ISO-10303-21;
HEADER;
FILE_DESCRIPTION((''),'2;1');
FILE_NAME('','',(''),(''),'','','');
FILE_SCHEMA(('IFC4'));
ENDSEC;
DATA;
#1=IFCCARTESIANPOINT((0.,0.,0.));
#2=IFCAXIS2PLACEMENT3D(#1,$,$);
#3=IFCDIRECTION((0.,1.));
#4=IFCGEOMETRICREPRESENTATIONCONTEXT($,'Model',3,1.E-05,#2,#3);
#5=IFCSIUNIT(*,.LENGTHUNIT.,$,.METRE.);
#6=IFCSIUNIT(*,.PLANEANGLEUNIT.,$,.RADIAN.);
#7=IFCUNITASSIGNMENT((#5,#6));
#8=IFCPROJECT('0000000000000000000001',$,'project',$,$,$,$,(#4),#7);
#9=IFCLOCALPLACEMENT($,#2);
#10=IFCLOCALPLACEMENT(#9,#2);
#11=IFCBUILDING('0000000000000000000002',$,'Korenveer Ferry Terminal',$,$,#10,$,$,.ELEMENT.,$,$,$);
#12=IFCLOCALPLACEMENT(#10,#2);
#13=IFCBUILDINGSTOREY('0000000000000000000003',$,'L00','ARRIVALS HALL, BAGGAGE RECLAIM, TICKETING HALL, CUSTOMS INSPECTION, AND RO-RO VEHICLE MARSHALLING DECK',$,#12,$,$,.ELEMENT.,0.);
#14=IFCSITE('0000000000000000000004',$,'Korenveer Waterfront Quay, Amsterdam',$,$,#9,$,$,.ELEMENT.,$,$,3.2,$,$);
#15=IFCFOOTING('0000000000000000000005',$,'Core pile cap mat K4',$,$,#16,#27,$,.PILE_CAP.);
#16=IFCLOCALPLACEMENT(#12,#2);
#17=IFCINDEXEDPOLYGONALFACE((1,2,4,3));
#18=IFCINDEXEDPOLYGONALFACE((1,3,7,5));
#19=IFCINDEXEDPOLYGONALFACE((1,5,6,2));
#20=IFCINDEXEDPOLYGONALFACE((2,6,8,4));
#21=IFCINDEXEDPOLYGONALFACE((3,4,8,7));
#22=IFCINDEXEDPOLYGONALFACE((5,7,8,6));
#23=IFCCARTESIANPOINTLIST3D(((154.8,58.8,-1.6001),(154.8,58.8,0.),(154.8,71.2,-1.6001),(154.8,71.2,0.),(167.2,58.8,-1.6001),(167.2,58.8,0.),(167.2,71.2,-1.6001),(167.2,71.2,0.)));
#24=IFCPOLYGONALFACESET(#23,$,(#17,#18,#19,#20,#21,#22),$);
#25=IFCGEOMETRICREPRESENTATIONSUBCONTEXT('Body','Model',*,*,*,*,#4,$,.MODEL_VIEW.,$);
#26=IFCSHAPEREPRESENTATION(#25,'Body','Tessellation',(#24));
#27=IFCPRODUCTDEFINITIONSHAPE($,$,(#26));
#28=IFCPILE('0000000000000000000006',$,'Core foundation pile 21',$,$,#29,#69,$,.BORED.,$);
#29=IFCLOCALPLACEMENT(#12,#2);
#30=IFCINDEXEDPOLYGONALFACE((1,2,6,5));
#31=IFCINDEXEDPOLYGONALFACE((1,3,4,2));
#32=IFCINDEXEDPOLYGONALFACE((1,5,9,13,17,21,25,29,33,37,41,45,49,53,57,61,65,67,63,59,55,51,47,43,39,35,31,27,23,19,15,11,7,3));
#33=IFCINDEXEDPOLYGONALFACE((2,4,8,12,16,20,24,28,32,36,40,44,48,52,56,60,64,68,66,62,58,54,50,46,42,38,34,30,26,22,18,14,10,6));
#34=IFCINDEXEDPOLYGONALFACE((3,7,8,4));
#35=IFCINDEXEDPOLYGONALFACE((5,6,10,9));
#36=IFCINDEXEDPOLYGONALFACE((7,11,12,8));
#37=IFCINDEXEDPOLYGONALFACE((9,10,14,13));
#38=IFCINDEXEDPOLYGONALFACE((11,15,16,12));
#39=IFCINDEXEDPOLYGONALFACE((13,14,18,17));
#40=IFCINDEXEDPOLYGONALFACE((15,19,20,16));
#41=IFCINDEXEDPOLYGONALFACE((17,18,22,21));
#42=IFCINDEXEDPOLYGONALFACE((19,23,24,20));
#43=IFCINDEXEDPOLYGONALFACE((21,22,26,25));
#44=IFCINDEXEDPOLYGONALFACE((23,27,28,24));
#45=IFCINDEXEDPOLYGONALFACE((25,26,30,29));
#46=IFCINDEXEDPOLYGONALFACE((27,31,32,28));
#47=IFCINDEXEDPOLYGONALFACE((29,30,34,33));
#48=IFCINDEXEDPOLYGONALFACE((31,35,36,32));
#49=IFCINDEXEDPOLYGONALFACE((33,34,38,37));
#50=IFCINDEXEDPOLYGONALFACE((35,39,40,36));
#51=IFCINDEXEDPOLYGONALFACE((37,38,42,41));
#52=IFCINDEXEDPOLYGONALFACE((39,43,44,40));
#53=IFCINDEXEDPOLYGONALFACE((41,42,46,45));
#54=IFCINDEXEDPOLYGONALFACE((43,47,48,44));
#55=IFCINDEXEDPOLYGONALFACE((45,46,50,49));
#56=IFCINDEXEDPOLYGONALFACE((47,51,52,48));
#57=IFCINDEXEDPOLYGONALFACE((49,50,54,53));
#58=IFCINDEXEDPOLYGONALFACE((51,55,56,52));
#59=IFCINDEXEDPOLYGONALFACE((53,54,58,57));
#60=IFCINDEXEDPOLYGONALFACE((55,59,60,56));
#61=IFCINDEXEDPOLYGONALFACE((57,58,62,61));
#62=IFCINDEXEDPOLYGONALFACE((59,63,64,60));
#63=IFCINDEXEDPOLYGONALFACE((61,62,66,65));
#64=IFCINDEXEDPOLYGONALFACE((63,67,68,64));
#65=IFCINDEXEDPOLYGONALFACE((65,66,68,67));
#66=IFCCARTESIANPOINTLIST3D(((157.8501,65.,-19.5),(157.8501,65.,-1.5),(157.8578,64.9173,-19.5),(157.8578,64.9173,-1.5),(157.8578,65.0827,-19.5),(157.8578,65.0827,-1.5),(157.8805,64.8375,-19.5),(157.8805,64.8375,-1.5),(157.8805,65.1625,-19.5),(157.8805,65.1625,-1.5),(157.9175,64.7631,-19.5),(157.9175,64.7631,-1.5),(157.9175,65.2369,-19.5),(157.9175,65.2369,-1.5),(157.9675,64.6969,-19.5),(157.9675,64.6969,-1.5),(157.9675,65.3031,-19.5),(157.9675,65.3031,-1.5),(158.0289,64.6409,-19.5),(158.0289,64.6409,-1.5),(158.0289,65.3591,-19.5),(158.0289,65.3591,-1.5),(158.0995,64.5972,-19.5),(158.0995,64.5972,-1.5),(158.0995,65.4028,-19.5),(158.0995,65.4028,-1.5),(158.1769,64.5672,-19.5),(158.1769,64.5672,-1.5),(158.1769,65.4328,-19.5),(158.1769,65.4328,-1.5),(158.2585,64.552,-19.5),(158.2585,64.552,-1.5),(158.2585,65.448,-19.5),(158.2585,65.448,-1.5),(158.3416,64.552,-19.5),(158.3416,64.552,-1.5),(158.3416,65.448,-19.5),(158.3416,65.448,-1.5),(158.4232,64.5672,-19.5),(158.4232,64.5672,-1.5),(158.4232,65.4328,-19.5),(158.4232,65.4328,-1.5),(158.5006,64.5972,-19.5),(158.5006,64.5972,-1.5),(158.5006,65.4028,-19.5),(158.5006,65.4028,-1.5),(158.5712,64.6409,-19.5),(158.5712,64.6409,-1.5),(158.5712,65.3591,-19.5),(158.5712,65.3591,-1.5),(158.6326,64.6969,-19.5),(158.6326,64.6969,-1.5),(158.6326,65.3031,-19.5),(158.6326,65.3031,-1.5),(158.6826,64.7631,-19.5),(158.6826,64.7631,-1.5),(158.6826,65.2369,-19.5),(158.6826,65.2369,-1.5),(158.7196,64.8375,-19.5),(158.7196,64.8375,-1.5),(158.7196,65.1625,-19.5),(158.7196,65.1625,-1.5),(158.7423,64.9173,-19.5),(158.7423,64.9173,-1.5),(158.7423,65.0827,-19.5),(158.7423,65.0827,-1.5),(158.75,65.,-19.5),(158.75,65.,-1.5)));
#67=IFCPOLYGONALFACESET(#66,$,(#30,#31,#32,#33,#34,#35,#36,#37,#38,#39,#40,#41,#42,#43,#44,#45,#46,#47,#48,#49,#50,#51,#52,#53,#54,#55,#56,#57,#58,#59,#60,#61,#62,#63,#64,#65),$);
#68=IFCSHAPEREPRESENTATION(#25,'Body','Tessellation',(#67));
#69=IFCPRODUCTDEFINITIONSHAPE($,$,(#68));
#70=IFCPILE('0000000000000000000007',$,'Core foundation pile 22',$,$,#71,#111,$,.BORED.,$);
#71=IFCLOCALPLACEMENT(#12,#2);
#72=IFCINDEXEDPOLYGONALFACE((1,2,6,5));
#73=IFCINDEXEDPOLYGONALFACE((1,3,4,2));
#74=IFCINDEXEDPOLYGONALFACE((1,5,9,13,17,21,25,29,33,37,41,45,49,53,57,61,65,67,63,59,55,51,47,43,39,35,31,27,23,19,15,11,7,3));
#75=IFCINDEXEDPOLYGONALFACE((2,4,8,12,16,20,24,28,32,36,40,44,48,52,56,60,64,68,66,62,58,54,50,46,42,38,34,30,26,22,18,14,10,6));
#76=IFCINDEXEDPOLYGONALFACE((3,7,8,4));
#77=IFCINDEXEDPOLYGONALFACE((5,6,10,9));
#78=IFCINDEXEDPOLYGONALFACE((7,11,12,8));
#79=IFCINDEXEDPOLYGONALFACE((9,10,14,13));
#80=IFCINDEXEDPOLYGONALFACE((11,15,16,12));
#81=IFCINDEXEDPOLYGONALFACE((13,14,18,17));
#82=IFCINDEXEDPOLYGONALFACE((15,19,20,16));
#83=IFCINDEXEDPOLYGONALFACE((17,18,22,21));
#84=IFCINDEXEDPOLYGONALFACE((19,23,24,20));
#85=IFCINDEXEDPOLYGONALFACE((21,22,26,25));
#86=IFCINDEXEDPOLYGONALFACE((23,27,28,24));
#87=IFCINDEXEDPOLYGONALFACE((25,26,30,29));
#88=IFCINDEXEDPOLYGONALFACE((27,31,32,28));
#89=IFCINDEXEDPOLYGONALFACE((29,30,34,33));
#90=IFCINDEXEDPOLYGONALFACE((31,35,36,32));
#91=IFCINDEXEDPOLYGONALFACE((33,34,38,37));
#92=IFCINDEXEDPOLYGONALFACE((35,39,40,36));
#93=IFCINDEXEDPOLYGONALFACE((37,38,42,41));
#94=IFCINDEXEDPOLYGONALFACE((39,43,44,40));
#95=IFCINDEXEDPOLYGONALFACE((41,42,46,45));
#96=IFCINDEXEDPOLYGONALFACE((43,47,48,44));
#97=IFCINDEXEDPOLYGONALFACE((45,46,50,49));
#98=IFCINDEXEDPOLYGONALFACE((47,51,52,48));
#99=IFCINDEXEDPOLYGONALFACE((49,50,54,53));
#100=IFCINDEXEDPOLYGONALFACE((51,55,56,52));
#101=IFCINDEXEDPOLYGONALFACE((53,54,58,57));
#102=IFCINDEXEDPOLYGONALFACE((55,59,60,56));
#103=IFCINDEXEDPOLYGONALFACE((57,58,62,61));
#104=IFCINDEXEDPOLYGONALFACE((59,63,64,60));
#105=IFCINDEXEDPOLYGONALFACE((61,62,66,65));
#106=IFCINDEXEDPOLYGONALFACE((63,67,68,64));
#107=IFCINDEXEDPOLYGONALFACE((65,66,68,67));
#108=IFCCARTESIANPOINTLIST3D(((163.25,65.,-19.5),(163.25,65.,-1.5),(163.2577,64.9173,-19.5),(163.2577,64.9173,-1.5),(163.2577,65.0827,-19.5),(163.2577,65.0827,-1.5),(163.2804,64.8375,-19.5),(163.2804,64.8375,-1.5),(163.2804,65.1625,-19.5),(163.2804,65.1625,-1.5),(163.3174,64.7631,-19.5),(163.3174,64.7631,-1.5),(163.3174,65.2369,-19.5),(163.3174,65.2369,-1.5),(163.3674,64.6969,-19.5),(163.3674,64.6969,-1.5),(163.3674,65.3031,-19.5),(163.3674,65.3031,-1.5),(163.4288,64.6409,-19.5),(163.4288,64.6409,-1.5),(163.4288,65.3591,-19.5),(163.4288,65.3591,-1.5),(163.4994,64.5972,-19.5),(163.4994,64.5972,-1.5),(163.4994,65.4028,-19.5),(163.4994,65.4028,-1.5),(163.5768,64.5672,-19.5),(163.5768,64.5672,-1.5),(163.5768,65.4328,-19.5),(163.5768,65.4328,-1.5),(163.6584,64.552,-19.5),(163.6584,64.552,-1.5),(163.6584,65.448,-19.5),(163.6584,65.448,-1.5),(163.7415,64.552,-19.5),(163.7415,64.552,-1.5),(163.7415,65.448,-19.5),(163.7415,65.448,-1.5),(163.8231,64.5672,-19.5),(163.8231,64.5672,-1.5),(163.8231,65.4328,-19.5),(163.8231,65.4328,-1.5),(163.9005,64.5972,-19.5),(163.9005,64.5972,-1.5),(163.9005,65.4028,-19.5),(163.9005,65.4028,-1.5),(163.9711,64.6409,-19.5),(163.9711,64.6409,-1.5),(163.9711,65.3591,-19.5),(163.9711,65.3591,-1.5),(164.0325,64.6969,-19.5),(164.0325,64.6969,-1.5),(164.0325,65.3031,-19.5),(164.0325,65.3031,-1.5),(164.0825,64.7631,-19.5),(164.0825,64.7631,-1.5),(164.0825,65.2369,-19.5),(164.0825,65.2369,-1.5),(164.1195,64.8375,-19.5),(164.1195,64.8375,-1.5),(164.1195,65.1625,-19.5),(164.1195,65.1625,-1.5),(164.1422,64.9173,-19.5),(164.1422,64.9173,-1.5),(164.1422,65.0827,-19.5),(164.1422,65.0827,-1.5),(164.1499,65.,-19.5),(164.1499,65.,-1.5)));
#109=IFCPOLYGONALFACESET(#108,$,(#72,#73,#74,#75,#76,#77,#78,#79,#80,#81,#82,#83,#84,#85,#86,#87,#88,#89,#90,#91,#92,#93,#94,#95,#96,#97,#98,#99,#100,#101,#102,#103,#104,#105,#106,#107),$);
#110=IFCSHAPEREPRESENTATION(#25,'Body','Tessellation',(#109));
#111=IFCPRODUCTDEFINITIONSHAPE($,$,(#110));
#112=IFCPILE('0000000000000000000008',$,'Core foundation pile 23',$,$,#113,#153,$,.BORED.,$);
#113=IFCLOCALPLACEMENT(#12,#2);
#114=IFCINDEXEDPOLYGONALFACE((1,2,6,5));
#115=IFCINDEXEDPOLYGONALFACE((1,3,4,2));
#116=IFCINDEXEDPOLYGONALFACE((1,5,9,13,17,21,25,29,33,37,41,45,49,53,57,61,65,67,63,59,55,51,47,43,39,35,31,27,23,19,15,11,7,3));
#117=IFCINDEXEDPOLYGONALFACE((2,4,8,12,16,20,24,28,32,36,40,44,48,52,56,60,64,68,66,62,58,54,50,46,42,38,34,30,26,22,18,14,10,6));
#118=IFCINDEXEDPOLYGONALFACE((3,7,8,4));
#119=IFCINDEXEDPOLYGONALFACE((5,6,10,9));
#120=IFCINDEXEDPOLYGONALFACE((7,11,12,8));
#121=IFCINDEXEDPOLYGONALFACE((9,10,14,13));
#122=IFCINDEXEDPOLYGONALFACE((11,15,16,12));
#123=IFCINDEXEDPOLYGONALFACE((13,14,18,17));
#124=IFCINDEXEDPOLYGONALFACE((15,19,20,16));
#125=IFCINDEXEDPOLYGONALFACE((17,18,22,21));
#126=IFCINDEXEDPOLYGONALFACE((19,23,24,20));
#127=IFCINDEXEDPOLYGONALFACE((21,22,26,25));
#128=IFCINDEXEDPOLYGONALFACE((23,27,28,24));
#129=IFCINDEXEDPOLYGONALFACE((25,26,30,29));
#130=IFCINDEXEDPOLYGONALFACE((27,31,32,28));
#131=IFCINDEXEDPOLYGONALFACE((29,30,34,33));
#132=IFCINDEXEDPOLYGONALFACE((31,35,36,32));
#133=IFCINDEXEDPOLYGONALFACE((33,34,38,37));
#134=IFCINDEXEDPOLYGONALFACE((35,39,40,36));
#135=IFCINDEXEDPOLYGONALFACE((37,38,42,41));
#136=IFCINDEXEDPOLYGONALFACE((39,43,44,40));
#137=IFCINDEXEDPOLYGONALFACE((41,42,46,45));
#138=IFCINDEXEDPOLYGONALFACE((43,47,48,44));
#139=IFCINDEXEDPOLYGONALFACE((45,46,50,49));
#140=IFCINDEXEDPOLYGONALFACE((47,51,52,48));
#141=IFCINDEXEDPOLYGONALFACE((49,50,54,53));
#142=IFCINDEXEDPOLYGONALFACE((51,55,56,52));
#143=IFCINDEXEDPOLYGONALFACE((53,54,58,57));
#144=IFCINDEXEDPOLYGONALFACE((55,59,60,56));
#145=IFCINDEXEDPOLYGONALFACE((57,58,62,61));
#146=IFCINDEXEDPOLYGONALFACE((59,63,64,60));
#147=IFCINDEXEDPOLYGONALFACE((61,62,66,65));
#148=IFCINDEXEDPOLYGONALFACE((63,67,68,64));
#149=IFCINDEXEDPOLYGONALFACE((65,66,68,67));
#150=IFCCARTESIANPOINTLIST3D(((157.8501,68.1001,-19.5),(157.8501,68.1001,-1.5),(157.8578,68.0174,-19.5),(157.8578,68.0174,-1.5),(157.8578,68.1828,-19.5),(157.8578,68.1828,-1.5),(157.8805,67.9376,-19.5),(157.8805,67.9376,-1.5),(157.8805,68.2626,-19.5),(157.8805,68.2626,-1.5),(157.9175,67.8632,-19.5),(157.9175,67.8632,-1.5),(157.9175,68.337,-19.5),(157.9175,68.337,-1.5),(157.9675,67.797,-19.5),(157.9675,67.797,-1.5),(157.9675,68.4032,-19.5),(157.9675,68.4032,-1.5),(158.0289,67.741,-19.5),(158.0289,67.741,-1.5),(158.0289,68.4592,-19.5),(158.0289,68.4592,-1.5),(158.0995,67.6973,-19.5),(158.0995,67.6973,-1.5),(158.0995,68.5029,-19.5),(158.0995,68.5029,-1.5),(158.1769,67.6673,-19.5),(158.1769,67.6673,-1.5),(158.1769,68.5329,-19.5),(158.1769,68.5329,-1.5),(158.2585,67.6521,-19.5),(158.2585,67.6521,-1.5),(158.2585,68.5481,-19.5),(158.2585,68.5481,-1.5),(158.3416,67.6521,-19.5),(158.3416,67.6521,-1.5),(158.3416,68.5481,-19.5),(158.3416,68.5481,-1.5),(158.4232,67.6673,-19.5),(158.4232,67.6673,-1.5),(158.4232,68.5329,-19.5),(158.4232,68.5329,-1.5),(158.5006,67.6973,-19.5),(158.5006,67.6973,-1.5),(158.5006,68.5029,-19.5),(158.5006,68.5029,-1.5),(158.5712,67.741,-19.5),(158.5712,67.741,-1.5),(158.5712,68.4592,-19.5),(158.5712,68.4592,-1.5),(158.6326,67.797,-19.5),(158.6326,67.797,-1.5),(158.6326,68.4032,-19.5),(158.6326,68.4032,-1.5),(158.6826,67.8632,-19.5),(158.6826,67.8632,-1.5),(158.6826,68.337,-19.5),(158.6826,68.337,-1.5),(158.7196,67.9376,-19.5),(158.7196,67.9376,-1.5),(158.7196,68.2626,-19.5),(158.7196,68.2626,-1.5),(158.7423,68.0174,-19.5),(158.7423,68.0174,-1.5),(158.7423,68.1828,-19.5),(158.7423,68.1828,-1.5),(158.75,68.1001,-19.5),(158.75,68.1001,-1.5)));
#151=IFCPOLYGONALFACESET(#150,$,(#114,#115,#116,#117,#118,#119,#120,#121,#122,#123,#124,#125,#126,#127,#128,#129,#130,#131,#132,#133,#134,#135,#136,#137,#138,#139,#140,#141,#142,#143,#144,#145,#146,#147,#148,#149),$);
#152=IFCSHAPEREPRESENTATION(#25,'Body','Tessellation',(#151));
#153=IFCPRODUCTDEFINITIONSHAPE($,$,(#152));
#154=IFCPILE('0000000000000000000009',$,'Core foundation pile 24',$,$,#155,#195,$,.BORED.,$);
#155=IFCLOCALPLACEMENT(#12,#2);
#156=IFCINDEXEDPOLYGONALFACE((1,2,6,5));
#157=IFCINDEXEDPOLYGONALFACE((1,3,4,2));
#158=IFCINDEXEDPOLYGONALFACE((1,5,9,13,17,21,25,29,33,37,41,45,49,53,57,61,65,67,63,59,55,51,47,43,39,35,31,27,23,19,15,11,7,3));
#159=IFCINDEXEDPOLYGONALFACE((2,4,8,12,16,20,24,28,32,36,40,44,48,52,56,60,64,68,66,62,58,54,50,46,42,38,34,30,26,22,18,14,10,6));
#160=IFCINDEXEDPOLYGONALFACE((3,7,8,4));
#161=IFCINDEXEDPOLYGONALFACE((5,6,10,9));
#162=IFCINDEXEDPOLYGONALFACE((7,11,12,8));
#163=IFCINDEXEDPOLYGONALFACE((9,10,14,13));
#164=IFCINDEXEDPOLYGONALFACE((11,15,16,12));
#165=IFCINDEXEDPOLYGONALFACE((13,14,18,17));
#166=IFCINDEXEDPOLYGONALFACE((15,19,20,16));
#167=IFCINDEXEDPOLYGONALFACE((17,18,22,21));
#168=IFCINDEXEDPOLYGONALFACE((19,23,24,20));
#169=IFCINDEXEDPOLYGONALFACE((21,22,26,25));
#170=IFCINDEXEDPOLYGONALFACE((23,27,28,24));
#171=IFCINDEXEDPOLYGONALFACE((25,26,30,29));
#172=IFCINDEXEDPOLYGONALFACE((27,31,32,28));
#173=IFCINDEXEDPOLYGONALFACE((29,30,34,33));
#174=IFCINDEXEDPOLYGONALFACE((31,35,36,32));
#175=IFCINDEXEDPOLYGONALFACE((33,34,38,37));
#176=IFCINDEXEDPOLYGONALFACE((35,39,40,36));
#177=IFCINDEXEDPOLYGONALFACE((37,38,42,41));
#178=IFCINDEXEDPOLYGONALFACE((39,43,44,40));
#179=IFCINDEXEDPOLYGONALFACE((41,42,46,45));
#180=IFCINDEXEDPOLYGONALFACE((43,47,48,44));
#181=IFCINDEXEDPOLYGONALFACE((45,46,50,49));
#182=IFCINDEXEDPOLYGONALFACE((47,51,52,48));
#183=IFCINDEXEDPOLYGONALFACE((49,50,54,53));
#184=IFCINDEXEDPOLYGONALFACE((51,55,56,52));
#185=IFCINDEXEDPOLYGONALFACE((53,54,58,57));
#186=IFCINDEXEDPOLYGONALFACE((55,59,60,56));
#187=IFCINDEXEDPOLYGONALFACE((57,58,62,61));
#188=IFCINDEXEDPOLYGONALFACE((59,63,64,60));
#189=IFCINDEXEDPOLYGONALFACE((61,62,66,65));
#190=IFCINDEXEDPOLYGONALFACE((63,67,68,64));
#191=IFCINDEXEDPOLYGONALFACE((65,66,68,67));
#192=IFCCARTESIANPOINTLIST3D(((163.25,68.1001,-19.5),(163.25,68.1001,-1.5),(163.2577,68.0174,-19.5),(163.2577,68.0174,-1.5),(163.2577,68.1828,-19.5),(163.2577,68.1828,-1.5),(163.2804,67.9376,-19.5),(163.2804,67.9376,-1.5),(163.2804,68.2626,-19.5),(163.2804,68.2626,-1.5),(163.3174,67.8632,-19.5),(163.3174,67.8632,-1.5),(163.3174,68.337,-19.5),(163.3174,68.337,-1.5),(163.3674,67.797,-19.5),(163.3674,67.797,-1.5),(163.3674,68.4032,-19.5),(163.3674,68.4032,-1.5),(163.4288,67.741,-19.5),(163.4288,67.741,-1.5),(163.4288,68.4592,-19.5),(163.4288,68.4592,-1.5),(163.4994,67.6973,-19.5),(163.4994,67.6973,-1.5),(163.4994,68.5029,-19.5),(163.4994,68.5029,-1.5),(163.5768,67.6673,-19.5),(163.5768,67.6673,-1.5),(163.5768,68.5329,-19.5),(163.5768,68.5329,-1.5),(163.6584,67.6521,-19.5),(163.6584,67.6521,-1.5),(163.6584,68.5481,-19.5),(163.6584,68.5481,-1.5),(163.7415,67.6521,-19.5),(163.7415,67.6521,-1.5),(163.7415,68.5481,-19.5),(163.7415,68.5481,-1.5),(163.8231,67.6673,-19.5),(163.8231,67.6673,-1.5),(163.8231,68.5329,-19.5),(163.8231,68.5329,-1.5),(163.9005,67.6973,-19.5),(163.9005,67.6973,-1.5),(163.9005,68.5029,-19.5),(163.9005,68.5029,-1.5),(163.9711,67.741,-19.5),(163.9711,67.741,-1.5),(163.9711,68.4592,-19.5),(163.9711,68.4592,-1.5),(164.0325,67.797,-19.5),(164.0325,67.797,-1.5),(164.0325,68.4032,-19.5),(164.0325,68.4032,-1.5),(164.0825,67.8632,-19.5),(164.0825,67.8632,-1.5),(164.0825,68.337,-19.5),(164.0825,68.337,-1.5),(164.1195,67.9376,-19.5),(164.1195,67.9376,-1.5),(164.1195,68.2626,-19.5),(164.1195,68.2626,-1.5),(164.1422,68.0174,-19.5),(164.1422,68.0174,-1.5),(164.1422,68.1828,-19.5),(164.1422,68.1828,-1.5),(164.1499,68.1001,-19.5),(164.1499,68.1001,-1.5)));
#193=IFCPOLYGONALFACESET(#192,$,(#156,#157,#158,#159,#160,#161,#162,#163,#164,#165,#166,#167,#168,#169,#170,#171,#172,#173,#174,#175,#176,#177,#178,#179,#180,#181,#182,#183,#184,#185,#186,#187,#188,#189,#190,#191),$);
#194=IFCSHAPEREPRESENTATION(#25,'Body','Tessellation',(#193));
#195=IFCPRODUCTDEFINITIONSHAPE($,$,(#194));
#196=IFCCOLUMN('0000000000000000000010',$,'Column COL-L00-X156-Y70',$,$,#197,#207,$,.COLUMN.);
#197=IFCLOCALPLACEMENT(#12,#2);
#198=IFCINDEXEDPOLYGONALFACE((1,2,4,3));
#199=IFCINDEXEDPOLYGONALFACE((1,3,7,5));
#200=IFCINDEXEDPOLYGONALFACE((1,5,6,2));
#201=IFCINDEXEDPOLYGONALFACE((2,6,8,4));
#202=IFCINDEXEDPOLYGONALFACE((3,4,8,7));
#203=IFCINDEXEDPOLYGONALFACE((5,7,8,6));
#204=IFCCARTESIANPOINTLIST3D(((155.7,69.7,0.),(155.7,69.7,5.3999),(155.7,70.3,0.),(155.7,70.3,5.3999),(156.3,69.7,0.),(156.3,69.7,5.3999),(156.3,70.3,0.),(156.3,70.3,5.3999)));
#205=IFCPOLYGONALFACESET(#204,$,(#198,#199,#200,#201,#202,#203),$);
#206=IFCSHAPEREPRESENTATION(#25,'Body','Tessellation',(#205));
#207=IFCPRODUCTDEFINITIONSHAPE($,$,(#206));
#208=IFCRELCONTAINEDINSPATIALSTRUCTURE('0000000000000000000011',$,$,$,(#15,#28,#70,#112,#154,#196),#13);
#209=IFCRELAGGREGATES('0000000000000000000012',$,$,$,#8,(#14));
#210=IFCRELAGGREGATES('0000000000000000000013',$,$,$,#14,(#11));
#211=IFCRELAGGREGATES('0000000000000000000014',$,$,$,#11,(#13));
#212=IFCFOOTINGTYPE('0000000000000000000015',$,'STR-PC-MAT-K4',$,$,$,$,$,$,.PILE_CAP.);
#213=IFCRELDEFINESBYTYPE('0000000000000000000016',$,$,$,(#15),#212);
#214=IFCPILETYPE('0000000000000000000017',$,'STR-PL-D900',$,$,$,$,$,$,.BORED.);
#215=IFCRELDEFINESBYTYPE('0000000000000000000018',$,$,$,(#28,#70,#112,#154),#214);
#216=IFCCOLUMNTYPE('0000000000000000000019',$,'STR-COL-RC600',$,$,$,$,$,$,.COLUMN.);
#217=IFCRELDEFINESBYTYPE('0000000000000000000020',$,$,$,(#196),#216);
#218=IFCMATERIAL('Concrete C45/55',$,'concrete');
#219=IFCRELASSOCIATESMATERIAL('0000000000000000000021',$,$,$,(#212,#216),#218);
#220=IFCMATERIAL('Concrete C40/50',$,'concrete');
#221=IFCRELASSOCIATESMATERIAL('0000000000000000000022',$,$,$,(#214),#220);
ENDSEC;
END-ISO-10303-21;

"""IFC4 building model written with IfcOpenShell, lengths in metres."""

from ifc_helpers import new_model, si_unit, direction, frame, origin, origin_2d, place, context, subcontext, project, spatial, rectangle, circle, extrude, material, material_profile, profile_set, type_object, element, save


model = new_model("IFC4")

# Units and contexts
model_context = context("Model", 3, precision=1e-05, world=origin(), true_north=direction((0.0, 1.0)))
body_context = subcontext(model_context, "Body", "Model", "MODEL_VIEW")
ifc_project = project(units=[si_unit("LENGTHUNIT", "METRE"), si_unit("PLANEANGLEUNIT", "RADIAN")], contexts=[model_context])

# Site, building, storey
site_placement = place(None, origin())
site = spatial("IfcSite", under=ifc_project, at=site_placement, Name="Korenveer Waterfront Quay, Amsterdam", CompositionType="ELEMENT", RefElevation=3.2)
building_placement = place(site_placement, origin())
building = spatial("IfcBuilding", under=site, at=building_placement, Name="Korenveer Ferry Terminal", CompositionType="ELEMENT")
storey_placement = place(building_placement, origin())
storey = spatial("IfcBuildingStorey", under=building, at=storey_placement, Name="L00", Description="ARRIVALS HALL, BAGGAGE RECLAIM, TICKETING HALL, CUSTOMS INSPECTION, AND RO-RO VEHICLE MARSHALLING DECK", CompositionType="ELEMENT", Elevation=0.0)

# Footing
ifc_material_1 = material(Name="Concrete C45/55", Category="concrete")
footing_type = type_object("IfcFootingType", Name="STR-PC-MAT-K4", PredefinedType="PILE_CAP", material=ifc_material_1)
footing_placement = place(storey_placement, frame((161.0, 65.0, -1.6001), z_axis=(0.0, 0.0, 1.0), x_axis=(1.0, 0.0, 0.0)))
element("IfcFooting", 1, at=footing_placement, inside=storey, type_object=footing_type, Name="Core pile cap mat K4", PredefinedType="PILE_CAP", context=body_context, shape_type="SweptSolid", body=[
    extrude(rectangle(XDim=12.3999, YDim=12.3999, at=origin_2d()), origin(), (0.0, 0.0, 1.0), 1.6001),
])

# Piles
ifc_material_2 = material(Name="Concrete C40/50", Category="concrete")
ifc_material_profile_1 = material_profile(ifc_material_2, circle(Radius=0.45, at=origin_2d()), Name="PILE D900")
ifc_profile_set_1 = profile_set([ifc_material_profile_1], Name="Concrete C40/50")
pile_type = type_object("IfcPileType", Name="STR-PL-D900", PredefinedType="BORED", material=ifc_profile_set_1)
for number, where, z_axis, x_axis, name in (
    (2, (158.3, 65.0, -1.5), (0.0, 0.0, -1.0), (1.0, 0.0, 0.0), "Core foundation pile 21"),
    (3, (163.7, 65.0, -1.5), (0.0, 0.0, -1.0), (1.0, 0.0, 0.0), "Core foundation pile 22"),
    (4, (158.3, 68.1001, -1.5), (0.0, 0.0, -1.0), (1.0, 0.0, 0.0), "Core foundation pile 23"),
    (5, (163.7, 68.1001, -1.5), (0.0, 0.0, -1.0), (1.0, 0.0, 0.0), "Core foundation pile 24"),
):
    element("IfcPile", number, at=place(storey_placement, frame(where, z_axis=z_axis, x_axis=x_axis)), inside=storey, type_object=pile_type, Name=name, PredefinedType="BORED", context=body_context, shape_type="SweptSolid", body=[
        extrude(circle(Radius=0.45, at=origin_2d()), origin(), (0.0, 0.0, 1.0), 18.0),
    ])

# Column
ifc_material_profile_2 = material_profile(ifc_material_1, rectangle(XDim=0.6001, YDim=0.6001, at=origin_2d()), Name="RC 600x600")
ifc_profile_set_2 = profile_set([ifc_material_profile_2], Name="Concrete C45/55")
column_type = type_object("IfcColumnType", Name="STR-COL-RC600", PredefinedType="COLUMN", material=ifc_profile_set_2)
for number, where, z_axis, x_axis, name in (
    (6, (156.0, 70.0, 0.0), (0.0, 0.0, 1.0), (1.0, 0.0, 0.0), "Column COL-L00-X156-Y70"),
):
    element("IfcColumn", number, at=place(storey_placement, frame(where, z_axis=z_axis, x_axis=x_axis)), inside=storey, type_object=column_type, Name=name, PredefinedType="COLUMN", context=body_context, shape_type="SweptSolid", body=[
        extrude(rectangle(XDim=0.6001, YDim=0.6001, at=origin_2d()), origin(), (0.0, 0.0, 1.0), 5.3999),
    ])

save(model, "model.ifc")
